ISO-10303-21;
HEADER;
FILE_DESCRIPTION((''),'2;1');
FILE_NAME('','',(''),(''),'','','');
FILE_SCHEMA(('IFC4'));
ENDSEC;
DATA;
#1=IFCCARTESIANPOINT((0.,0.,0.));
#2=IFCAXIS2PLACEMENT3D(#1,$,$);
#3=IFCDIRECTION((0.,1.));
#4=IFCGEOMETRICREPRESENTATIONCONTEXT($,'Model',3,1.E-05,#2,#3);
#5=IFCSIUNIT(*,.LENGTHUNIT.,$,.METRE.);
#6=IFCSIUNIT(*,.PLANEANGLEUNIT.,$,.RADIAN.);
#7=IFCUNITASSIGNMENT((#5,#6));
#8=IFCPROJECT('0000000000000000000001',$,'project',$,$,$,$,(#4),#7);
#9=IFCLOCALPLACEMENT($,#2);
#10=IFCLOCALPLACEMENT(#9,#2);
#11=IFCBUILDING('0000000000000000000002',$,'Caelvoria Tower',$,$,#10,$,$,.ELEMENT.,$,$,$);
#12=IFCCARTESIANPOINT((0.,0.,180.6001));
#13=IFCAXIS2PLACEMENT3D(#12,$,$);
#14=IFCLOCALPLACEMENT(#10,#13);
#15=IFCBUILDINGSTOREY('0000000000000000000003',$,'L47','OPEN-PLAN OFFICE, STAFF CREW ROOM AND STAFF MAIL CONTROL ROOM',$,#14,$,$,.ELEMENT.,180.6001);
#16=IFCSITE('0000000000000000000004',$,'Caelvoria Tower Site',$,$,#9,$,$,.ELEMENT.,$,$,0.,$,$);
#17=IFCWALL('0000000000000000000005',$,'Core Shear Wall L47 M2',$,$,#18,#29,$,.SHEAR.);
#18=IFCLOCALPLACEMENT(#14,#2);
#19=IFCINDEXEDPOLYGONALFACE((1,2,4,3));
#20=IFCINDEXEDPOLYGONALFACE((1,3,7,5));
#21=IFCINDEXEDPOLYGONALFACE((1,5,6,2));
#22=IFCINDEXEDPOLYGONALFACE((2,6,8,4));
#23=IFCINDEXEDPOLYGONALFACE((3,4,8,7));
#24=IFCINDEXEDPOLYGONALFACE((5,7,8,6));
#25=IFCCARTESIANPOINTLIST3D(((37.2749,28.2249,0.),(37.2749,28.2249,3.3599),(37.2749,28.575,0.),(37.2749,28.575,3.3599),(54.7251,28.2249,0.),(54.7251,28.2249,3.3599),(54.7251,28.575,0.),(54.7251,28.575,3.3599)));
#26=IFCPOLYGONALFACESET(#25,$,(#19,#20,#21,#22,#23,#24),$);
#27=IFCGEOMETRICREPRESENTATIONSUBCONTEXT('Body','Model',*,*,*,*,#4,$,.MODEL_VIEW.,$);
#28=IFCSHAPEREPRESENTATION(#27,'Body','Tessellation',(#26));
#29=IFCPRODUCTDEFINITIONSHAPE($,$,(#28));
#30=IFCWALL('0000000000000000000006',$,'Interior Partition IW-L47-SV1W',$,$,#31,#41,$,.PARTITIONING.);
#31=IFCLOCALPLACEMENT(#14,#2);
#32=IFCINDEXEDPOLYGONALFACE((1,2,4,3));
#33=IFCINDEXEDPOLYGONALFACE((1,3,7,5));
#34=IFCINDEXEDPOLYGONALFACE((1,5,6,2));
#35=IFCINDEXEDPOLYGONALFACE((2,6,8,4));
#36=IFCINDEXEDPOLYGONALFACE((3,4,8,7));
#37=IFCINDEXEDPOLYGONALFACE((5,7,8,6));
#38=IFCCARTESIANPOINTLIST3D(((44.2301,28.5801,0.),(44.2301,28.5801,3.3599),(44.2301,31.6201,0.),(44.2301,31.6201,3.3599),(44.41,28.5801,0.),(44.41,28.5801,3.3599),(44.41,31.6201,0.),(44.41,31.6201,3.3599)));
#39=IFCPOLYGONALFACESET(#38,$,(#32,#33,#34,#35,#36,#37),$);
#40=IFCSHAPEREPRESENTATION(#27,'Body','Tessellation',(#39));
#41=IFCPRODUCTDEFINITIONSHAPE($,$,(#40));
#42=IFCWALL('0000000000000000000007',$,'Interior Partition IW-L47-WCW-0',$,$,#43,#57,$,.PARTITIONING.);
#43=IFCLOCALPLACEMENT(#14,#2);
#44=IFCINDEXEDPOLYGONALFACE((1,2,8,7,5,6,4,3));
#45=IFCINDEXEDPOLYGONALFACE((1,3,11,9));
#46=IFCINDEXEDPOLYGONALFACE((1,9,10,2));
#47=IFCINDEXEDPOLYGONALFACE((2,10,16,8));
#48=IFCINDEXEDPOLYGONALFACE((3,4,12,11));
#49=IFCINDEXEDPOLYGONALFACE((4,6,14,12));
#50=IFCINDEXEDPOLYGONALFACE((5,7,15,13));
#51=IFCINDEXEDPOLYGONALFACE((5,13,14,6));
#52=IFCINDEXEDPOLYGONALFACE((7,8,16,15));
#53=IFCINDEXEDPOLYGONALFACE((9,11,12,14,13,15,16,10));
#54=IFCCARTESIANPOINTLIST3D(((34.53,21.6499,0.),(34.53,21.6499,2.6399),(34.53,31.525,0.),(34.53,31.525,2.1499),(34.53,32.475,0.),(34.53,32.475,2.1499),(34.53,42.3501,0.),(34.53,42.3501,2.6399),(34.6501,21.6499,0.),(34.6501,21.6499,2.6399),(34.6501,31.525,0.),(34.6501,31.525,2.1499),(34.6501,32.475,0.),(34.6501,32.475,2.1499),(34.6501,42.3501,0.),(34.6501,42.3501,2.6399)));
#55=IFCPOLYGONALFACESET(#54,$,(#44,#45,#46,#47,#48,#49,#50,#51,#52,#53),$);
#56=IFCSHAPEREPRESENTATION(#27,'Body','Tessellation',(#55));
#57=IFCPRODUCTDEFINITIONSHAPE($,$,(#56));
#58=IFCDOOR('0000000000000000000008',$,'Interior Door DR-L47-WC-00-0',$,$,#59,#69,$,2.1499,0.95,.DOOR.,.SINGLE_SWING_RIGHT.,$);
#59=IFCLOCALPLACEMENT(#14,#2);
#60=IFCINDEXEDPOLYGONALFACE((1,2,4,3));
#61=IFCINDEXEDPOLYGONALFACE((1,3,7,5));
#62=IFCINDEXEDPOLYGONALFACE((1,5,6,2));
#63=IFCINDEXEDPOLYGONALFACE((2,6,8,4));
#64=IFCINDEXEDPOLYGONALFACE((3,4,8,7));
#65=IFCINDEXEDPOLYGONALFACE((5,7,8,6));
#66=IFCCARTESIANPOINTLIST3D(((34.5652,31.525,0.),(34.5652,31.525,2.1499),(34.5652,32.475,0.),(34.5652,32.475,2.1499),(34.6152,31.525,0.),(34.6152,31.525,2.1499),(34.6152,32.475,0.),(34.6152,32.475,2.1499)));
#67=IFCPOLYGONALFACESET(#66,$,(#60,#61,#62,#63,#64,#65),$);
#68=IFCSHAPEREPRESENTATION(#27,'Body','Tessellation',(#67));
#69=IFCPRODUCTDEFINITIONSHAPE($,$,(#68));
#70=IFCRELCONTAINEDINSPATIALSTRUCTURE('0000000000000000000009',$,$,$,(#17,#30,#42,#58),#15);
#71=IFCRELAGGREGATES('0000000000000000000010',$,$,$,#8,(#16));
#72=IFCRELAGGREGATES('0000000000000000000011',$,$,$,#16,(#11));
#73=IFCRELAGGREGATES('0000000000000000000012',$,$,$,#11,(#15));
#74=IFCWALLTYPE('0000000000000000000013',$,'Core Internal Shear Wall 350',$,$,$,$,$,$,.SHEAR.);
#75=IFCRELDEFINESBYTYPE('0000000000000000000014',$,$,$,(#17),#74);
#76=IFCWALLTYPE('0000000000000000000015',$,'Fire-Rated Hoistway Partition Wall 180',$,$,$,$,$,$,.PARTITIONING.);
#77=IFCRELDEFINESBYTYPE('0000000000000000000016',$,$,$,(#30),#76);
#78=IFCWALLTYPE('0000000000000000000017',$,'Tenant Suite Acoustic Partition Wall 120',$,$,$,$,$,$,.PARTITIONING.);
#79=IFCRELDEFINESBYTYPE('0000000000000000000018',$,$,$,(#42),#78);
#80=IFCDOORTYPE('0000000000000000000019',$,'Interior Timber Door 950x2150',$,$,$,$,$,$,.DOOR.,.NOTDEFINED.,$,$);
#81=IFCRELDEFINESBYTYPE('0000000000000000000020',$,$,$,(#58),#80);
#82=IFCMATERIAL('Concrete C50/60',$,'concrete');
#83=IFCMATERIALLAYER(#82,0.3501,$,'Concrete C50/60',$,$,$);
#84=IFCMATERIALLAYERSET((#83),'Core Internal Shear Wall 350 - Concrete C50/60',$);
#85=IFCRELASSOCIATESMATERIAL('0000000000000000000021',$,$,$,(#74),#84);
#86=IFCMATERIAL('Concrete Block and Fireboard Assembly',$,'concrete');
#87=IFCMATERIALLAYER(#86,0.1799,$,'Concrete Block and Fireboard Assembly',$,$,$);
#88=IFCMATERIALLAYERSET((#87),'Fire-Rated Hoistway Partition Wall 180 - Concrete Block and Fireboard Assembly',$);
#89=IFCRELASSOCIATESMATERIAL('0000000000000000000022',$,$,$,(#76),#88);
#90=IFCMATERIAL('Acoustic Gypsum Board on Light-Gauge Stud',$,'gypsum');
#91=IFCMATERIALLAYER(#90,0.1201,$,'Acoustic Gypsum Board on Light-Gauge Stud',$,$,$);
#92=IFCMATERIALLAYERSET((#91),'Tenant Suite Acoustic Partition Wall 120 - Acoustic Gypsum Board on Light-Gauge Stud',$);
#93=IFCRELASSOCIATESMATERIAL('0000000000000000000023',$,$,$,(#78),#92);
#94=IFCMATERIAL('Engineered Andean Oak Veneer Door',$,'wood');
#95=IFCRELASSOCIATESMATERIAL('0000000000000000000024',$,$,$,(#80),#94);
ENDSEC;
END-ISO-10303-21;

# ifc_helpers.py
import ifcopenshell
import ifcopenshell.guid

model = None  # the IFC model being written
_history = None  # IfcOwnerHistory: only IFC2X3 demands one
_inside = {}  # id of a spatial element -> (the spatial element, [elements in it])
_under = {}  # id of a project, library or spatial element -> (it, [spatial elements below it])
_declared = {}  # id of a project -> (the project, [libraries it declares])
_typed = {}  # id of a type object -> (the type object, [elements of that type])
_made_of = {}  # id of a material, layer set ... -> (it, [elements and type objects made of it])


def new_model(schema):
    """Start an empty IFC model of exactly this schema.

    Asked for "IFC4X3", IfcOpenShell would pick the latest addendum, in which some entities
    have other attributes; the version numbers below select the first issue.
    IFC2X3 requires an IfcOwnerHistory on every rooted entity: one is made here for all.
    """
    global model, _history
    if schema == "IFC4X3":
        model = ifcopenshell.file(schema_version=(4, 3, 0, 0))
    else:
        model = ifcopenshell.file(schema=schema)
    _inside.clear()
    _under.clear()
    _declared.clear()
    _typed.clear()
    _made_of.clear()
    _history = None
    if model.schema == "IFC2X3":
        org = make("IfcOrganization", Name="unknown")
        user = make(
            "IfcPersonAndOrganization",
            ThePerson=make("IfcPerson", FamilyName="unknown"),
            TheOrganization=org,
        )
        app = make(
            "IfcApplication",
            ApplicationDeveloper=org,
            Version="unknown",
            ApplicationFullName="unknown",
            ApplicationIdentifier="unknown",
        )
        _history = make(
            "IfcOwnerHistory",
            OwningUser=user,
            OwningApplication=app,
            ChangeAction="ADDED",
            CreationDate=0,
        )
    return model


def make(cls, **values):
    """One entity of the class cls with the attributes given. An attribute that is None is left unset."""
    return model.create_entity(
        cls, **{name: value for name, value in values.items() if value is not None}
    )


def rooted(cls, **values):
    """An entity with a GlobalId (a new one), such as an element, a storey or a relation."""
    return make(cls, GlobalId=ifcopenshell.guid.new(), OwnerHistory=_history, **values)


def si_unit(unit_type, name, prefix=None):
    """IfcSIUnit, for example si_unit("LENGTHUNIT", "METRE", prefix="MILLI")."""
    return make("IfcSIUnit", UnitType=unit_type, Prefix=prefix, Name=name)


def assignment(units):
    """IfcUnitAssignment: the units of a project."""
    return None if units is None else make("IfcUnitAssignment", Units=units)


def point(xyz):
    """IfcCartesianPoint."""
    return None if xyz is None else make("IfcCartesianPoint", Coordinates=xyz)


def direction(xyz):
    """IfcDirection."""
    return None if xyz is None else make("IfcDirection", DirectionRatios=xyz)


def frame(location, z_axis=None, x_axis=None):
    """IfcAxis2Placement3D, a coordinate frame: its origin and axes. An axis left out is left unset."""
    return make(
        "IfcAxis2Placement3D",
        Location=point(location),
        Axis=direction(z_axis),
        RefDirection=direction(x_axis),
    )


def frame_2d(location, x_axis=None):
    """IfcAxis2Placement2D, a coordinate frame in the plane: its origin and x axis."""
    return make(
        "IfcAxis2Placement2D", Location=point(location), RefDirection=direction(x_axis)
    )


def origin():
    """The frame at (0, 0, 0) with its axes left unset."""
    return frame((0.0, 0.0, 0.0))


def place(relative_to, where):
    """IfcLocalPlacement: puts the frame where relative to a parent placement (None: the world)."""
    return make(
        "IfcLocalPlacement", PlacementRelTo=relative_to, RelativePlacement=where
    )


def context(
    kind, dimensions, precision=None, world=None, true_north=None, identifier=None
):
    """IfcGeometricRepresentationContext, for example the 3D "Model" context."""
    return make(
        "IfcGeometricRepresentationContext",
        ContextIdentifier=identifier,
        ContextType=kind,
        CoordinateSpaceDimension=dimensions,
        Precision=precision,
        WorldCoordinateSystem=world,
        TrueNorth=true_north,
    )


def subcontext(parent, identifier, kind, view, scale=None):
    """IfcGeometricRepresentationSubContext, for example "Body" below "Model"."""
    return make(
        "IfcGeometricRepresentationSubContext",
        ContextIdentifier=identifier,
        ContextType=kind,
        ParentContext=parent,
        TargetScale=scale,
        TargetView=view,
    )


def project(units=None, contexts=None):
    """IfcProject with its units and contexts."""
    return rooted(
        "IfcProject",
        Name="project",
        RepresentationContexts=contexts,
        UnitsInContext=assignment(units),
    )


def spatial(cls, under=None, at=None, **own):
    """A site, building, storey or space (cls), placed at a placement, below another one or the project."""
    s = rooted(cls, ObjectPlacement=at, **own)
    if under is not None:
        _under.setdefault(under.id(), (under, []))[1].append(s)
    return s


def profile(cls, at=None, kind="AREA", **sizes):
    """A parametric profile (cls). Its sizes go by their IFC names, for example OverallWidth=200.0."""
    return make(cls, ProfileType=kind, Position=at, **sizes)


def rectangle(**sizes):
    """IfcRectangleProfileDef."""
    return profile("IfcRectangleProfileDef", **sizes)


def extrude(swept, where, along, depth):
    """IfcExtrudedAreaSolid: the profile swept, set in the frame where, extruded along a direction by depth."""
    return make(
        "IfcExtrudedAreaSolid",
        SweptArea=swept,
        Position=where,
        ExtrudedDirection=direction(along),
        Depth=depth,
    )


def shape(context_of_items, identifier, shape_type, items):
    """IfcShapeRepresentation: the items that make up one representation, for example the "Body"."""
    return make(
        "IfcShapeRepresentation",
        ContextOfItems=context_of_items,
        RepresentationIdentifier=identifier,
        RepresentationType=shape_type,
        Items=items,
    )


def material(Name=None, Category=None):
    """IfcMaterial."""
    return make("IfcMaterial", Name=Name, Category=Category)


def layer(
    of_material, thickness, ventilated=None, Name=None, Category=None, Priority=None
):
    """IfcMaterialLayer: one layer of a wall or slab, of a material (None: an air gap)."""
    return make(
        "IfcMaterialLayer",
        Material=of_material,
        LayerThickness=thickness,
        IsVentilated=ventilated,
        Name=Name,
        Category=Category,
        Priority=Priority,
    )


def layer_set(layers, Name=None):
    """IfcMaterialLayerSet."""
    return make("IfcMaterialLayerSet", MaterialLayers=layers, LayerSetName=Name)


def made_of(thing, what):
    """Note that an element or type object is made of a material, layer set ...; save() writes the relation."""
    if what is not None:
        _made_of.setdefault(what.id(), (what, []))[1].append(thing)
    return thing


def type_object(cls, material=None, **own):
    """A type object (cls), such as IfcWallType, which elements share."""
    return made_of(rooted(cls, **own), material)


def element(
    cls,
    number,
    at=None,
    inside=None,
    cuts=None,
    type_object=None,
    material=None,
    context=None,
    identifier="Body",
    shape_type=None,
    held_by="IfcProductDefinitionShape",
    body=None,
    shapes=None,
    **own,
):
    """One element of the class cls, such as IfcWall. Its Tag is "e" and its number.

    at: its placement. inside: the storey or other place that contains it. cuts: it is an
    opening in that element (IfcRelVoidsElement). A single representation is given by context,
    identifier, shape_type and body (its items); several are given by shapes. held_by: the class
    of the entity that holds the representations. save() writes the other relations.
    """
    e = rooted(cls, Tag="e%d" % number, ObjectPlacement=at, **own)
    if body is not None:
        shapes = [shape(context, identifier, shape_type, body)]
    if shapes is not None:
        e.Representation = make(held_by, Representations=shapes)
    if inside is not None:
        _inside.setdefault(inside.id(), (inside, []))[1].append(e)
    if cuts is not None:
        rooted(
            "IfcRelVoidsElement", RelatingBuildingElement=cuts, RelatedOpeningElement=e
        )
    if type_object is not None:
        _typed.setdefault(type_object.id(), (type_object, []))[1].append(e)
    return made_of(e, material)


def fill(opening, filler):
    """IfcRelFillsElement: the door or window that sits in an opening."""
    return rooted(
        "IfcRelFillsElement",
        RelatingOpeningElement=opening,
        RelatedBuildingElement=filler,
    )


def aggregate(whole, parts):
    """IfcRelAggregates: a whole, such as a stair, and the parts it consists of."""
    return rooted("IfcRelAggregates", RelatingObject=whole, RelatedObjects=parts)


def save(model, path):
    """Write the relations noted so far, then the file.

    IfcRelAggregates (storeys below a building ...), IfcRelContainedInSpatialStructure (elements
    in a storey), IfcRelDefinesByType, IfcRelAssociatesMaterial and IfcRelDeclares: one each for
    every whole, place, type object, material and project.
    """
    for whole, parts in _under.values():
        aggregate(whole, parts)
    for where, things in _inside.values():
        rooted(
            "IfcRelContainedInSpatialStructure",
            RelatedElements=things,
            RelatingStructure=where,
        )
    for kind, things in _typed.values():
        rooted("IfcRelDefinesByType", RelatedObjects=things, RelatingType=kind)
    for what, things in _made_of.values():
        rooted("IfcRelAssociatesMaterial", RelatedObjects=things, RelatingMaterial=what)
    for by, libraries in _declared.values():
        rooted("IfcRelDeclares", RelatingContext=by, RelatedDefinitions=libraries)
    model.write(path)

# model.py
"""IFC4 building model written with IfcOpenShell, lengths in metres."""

from ifc_helpers import new_model, si_unit, direction, frame, frame_2d, origin, place, context, subcontext, project, spatial, rectangle, extrude, material, layer, layer_set, type_object, element, fill, save


model = new_model("IFC4")

# Units and contexts
model_context = context("Model", 3, precision=1e-05, world=origin(), true_north=direction((0.0, 1.0)))
body_context = subcontext(model_context, "Body", "Model", "MODEL_VIEW")
ifc_project = project(units=[si_unit("LENGTHUNIT", "METRE"), si_unit("PLANEANGLEUNIT", "RADIAN")], contexts=[model_context])

# Site, building, storey
site_placement = place(None, origin())
site = spatial("IfcSite", under=ifc_project, at=site_placement, Name="Caelvoria Tower Site", CompositionType="ELEMENT", RefElevation=0.0)
building_placement = place(site_placement, origin())
building = spatial("IfcBuilding", under=site, at=building_placement, Name="Caelvoria Tower", CompositionType="ELEMENT")
storey_placement = place(building_placement, frame((0.0, 0.0, 180.6001)))
storey = spatial("IfcBuildingStorey", under=building, at=storey_placement, Name="L47", Description="OPEN-PLAN OFFICE, STAFF CREW ROOM AND STAFF MAIL CONTROL ROOM", CompositionType="ELEMENT", Elevation=180.6001)

# Shared definitions
ifc_material_1 = material(Name="Concrete C50/60", Category="concrete")
ifc_layer_1 = layer(ifc_material_1, 0.3501, Name="Concrete C50/60")
ifc_layer_set_1 = layer_set([ifc_layer_1], Name="Core Internal Shear Wall 350 - Concrete C50/60")
wall_type_1 = type_object("IfcWallType", Name="Core Internal Shear Wall 350", PredefinedType="SHEAR", material=ifc_layer_set_1)

# Wall
wall_1_placement = place(storey_placement, frame((37.2749, 28.3999, 0.0), z_axis=(0.0, 0.0, 1.0), x_axis=(1.0, 0.0, 0.0)))
element("IfcWall", 1, at=wall_1_placement, inside=storey, type_object=wall_type_1, Name="Core Shear Wall L47 M2", PredefinedType="SHEAR", context=body_context, shape_type="SweptSolid", body=[
    extrude(rectangle(XDim=17.4502, YDim=0.3501, at=frame_2d((8.7251, 0.0))), origin(), (0.0, 0.0, 1.0), 3.3599),
])

# Shared definitions
ifc_material_2 = material(Name="Engineered Andean Oak Veneer Door", Category="wood")

# Wall
ifc_material_3 = material(Name="Concrete Block and Fireboard Assembly", Category="concrete")
ifc_layer_2 = layer(ifc_material_3, 0.1799, Name="Concrete Block and Fireboard Assembly")
ifc_layer_set_2 = layer_set([ifc_layer_2], Name="Fire-Rated Hoistway Partition Wall 180 - Concrete Block and Fireboard Assembly")
wall_type_2 = type_object("IfcWallType", Name="Fire-Rated Hoistway Partition Wall 180", PredefinedType="PARTITIONING", material=ifc_layer_set_2)
wall_2_placement = place(storey_placement, frame((44.3201, 28.5801, 0.0), z_axis=(0.0, 0.0, 1.0), x_axis=(0.0, 1.0, 0.0)))
element("IfcWall", 2, at=wall_2_placement, inside=storey, type_object=wall_type_2, Name="Interior Partition IW-L47-SV1W", PredefinedType="PARTITIONING", context=body_context, shape_type="SweptSolid", body=[
    extrude(rectangle(XDim=3.04, YDim=0.1799, at=frame_2d((1.52, 0.0))), origin(), (0.0, 0.0, 1.0), 3.3599),
])

# Wall, opening, door
ifc_material_4 = material(Name="Acoustic Gypsum Board on Light-Gauge Stud", Category="gypsum")
ifc_layer_3 = layer(ifc_material_4, 0.1201, Name="Acoustic Gypsum Board on Light-Gauge Stud")
ifc_layer_set_3 = layer_set([ifc_layer_3], Name="Tenant Suite Acoustic Partition Wall 120 - Acoustic Gypsum Board on Light-Gauge Stud")
wall_type_3 = type_object("IfcWallType", Name="Tenant Suite Acoustic Partition Wall 120", PredefinedType="PARTITIONING", material=ifc_layer_set_3)
wall_3_placement = place(storey_placement, frame((34.5901, 21.6499, 0.0), z_axis=(0.0, 0.0, 1.0), x_axis=(0.0, 1.0, 0.0)))
wall_3 = element("IfcWall", 3, at=wall_3_placement, inside=storey, type_object=wall_type_3, Name="Interior Partition IW-L47-WCW-0", PredefinedType="PARTITIONING", context=body_context, shape_type="SweptSolid", body=[
    extrude(rectangle(XDim=20.7002, YDim=0.1201, at=frame_2d((10.3501, 0.0))), origin(), (0.0, 0.0, 1.0), 2.6399),
])
opening_1_placement = place(wall_3_placement, frame((9.875, 0.0, 0.0)))
opening_1 = element("IfcOpeningElement", 4, at=opening_1_placement, cuts=wall_3, PredefinedType="OPENING", context=body_context, shape_type="SweptSolid", body=[
    extrude(rectangle(XDim=0.95, YDim=2.1499, at=frame_2d((0.4751, 1.075))), frame((0.0, 0.0701, 0.0), z_axis=(0.0, -1.0, 0.0), x_axis=(1.0, 0.0, 0.0)), (0.0, 0.0, 1.0), 0.1401),
])
door_type_1 = type_object("IfcDoorType", Name="Interior Timber Door 950x2150", OperationType="NOTDEFINED", PredefinedType="DOOR", material=ifc_material_2)
door_1_placement = place(opening_1_placement, origin())
door_1 = element("IfcDoor", 5, at=door_1_placement, inside=storey, type_object=door_type_1, Name="Interior Door DR-L47-WC-00-0", OperationType="SINGLE_SWING_RIGHT", OverallHeight=2.1499, OverallWidth=0.95, PredefinedType="DOOR", context=body_context, shape_type="SweptSolid", body=[
    extrude(rectangle(XDim=0.95, YDim=2.1499, at=frame_2d((0.4751, 1.075))), frame((0.0, 0.0249, 0.0), z_axis=(0.0, -1.0, 0.0), x_axis=(1.0, 0.0, 0.0)), (0.0, 0.0, 1.0), 0.05),
])
fill(opening_1, door_1)

save(model, "model.ifc")
